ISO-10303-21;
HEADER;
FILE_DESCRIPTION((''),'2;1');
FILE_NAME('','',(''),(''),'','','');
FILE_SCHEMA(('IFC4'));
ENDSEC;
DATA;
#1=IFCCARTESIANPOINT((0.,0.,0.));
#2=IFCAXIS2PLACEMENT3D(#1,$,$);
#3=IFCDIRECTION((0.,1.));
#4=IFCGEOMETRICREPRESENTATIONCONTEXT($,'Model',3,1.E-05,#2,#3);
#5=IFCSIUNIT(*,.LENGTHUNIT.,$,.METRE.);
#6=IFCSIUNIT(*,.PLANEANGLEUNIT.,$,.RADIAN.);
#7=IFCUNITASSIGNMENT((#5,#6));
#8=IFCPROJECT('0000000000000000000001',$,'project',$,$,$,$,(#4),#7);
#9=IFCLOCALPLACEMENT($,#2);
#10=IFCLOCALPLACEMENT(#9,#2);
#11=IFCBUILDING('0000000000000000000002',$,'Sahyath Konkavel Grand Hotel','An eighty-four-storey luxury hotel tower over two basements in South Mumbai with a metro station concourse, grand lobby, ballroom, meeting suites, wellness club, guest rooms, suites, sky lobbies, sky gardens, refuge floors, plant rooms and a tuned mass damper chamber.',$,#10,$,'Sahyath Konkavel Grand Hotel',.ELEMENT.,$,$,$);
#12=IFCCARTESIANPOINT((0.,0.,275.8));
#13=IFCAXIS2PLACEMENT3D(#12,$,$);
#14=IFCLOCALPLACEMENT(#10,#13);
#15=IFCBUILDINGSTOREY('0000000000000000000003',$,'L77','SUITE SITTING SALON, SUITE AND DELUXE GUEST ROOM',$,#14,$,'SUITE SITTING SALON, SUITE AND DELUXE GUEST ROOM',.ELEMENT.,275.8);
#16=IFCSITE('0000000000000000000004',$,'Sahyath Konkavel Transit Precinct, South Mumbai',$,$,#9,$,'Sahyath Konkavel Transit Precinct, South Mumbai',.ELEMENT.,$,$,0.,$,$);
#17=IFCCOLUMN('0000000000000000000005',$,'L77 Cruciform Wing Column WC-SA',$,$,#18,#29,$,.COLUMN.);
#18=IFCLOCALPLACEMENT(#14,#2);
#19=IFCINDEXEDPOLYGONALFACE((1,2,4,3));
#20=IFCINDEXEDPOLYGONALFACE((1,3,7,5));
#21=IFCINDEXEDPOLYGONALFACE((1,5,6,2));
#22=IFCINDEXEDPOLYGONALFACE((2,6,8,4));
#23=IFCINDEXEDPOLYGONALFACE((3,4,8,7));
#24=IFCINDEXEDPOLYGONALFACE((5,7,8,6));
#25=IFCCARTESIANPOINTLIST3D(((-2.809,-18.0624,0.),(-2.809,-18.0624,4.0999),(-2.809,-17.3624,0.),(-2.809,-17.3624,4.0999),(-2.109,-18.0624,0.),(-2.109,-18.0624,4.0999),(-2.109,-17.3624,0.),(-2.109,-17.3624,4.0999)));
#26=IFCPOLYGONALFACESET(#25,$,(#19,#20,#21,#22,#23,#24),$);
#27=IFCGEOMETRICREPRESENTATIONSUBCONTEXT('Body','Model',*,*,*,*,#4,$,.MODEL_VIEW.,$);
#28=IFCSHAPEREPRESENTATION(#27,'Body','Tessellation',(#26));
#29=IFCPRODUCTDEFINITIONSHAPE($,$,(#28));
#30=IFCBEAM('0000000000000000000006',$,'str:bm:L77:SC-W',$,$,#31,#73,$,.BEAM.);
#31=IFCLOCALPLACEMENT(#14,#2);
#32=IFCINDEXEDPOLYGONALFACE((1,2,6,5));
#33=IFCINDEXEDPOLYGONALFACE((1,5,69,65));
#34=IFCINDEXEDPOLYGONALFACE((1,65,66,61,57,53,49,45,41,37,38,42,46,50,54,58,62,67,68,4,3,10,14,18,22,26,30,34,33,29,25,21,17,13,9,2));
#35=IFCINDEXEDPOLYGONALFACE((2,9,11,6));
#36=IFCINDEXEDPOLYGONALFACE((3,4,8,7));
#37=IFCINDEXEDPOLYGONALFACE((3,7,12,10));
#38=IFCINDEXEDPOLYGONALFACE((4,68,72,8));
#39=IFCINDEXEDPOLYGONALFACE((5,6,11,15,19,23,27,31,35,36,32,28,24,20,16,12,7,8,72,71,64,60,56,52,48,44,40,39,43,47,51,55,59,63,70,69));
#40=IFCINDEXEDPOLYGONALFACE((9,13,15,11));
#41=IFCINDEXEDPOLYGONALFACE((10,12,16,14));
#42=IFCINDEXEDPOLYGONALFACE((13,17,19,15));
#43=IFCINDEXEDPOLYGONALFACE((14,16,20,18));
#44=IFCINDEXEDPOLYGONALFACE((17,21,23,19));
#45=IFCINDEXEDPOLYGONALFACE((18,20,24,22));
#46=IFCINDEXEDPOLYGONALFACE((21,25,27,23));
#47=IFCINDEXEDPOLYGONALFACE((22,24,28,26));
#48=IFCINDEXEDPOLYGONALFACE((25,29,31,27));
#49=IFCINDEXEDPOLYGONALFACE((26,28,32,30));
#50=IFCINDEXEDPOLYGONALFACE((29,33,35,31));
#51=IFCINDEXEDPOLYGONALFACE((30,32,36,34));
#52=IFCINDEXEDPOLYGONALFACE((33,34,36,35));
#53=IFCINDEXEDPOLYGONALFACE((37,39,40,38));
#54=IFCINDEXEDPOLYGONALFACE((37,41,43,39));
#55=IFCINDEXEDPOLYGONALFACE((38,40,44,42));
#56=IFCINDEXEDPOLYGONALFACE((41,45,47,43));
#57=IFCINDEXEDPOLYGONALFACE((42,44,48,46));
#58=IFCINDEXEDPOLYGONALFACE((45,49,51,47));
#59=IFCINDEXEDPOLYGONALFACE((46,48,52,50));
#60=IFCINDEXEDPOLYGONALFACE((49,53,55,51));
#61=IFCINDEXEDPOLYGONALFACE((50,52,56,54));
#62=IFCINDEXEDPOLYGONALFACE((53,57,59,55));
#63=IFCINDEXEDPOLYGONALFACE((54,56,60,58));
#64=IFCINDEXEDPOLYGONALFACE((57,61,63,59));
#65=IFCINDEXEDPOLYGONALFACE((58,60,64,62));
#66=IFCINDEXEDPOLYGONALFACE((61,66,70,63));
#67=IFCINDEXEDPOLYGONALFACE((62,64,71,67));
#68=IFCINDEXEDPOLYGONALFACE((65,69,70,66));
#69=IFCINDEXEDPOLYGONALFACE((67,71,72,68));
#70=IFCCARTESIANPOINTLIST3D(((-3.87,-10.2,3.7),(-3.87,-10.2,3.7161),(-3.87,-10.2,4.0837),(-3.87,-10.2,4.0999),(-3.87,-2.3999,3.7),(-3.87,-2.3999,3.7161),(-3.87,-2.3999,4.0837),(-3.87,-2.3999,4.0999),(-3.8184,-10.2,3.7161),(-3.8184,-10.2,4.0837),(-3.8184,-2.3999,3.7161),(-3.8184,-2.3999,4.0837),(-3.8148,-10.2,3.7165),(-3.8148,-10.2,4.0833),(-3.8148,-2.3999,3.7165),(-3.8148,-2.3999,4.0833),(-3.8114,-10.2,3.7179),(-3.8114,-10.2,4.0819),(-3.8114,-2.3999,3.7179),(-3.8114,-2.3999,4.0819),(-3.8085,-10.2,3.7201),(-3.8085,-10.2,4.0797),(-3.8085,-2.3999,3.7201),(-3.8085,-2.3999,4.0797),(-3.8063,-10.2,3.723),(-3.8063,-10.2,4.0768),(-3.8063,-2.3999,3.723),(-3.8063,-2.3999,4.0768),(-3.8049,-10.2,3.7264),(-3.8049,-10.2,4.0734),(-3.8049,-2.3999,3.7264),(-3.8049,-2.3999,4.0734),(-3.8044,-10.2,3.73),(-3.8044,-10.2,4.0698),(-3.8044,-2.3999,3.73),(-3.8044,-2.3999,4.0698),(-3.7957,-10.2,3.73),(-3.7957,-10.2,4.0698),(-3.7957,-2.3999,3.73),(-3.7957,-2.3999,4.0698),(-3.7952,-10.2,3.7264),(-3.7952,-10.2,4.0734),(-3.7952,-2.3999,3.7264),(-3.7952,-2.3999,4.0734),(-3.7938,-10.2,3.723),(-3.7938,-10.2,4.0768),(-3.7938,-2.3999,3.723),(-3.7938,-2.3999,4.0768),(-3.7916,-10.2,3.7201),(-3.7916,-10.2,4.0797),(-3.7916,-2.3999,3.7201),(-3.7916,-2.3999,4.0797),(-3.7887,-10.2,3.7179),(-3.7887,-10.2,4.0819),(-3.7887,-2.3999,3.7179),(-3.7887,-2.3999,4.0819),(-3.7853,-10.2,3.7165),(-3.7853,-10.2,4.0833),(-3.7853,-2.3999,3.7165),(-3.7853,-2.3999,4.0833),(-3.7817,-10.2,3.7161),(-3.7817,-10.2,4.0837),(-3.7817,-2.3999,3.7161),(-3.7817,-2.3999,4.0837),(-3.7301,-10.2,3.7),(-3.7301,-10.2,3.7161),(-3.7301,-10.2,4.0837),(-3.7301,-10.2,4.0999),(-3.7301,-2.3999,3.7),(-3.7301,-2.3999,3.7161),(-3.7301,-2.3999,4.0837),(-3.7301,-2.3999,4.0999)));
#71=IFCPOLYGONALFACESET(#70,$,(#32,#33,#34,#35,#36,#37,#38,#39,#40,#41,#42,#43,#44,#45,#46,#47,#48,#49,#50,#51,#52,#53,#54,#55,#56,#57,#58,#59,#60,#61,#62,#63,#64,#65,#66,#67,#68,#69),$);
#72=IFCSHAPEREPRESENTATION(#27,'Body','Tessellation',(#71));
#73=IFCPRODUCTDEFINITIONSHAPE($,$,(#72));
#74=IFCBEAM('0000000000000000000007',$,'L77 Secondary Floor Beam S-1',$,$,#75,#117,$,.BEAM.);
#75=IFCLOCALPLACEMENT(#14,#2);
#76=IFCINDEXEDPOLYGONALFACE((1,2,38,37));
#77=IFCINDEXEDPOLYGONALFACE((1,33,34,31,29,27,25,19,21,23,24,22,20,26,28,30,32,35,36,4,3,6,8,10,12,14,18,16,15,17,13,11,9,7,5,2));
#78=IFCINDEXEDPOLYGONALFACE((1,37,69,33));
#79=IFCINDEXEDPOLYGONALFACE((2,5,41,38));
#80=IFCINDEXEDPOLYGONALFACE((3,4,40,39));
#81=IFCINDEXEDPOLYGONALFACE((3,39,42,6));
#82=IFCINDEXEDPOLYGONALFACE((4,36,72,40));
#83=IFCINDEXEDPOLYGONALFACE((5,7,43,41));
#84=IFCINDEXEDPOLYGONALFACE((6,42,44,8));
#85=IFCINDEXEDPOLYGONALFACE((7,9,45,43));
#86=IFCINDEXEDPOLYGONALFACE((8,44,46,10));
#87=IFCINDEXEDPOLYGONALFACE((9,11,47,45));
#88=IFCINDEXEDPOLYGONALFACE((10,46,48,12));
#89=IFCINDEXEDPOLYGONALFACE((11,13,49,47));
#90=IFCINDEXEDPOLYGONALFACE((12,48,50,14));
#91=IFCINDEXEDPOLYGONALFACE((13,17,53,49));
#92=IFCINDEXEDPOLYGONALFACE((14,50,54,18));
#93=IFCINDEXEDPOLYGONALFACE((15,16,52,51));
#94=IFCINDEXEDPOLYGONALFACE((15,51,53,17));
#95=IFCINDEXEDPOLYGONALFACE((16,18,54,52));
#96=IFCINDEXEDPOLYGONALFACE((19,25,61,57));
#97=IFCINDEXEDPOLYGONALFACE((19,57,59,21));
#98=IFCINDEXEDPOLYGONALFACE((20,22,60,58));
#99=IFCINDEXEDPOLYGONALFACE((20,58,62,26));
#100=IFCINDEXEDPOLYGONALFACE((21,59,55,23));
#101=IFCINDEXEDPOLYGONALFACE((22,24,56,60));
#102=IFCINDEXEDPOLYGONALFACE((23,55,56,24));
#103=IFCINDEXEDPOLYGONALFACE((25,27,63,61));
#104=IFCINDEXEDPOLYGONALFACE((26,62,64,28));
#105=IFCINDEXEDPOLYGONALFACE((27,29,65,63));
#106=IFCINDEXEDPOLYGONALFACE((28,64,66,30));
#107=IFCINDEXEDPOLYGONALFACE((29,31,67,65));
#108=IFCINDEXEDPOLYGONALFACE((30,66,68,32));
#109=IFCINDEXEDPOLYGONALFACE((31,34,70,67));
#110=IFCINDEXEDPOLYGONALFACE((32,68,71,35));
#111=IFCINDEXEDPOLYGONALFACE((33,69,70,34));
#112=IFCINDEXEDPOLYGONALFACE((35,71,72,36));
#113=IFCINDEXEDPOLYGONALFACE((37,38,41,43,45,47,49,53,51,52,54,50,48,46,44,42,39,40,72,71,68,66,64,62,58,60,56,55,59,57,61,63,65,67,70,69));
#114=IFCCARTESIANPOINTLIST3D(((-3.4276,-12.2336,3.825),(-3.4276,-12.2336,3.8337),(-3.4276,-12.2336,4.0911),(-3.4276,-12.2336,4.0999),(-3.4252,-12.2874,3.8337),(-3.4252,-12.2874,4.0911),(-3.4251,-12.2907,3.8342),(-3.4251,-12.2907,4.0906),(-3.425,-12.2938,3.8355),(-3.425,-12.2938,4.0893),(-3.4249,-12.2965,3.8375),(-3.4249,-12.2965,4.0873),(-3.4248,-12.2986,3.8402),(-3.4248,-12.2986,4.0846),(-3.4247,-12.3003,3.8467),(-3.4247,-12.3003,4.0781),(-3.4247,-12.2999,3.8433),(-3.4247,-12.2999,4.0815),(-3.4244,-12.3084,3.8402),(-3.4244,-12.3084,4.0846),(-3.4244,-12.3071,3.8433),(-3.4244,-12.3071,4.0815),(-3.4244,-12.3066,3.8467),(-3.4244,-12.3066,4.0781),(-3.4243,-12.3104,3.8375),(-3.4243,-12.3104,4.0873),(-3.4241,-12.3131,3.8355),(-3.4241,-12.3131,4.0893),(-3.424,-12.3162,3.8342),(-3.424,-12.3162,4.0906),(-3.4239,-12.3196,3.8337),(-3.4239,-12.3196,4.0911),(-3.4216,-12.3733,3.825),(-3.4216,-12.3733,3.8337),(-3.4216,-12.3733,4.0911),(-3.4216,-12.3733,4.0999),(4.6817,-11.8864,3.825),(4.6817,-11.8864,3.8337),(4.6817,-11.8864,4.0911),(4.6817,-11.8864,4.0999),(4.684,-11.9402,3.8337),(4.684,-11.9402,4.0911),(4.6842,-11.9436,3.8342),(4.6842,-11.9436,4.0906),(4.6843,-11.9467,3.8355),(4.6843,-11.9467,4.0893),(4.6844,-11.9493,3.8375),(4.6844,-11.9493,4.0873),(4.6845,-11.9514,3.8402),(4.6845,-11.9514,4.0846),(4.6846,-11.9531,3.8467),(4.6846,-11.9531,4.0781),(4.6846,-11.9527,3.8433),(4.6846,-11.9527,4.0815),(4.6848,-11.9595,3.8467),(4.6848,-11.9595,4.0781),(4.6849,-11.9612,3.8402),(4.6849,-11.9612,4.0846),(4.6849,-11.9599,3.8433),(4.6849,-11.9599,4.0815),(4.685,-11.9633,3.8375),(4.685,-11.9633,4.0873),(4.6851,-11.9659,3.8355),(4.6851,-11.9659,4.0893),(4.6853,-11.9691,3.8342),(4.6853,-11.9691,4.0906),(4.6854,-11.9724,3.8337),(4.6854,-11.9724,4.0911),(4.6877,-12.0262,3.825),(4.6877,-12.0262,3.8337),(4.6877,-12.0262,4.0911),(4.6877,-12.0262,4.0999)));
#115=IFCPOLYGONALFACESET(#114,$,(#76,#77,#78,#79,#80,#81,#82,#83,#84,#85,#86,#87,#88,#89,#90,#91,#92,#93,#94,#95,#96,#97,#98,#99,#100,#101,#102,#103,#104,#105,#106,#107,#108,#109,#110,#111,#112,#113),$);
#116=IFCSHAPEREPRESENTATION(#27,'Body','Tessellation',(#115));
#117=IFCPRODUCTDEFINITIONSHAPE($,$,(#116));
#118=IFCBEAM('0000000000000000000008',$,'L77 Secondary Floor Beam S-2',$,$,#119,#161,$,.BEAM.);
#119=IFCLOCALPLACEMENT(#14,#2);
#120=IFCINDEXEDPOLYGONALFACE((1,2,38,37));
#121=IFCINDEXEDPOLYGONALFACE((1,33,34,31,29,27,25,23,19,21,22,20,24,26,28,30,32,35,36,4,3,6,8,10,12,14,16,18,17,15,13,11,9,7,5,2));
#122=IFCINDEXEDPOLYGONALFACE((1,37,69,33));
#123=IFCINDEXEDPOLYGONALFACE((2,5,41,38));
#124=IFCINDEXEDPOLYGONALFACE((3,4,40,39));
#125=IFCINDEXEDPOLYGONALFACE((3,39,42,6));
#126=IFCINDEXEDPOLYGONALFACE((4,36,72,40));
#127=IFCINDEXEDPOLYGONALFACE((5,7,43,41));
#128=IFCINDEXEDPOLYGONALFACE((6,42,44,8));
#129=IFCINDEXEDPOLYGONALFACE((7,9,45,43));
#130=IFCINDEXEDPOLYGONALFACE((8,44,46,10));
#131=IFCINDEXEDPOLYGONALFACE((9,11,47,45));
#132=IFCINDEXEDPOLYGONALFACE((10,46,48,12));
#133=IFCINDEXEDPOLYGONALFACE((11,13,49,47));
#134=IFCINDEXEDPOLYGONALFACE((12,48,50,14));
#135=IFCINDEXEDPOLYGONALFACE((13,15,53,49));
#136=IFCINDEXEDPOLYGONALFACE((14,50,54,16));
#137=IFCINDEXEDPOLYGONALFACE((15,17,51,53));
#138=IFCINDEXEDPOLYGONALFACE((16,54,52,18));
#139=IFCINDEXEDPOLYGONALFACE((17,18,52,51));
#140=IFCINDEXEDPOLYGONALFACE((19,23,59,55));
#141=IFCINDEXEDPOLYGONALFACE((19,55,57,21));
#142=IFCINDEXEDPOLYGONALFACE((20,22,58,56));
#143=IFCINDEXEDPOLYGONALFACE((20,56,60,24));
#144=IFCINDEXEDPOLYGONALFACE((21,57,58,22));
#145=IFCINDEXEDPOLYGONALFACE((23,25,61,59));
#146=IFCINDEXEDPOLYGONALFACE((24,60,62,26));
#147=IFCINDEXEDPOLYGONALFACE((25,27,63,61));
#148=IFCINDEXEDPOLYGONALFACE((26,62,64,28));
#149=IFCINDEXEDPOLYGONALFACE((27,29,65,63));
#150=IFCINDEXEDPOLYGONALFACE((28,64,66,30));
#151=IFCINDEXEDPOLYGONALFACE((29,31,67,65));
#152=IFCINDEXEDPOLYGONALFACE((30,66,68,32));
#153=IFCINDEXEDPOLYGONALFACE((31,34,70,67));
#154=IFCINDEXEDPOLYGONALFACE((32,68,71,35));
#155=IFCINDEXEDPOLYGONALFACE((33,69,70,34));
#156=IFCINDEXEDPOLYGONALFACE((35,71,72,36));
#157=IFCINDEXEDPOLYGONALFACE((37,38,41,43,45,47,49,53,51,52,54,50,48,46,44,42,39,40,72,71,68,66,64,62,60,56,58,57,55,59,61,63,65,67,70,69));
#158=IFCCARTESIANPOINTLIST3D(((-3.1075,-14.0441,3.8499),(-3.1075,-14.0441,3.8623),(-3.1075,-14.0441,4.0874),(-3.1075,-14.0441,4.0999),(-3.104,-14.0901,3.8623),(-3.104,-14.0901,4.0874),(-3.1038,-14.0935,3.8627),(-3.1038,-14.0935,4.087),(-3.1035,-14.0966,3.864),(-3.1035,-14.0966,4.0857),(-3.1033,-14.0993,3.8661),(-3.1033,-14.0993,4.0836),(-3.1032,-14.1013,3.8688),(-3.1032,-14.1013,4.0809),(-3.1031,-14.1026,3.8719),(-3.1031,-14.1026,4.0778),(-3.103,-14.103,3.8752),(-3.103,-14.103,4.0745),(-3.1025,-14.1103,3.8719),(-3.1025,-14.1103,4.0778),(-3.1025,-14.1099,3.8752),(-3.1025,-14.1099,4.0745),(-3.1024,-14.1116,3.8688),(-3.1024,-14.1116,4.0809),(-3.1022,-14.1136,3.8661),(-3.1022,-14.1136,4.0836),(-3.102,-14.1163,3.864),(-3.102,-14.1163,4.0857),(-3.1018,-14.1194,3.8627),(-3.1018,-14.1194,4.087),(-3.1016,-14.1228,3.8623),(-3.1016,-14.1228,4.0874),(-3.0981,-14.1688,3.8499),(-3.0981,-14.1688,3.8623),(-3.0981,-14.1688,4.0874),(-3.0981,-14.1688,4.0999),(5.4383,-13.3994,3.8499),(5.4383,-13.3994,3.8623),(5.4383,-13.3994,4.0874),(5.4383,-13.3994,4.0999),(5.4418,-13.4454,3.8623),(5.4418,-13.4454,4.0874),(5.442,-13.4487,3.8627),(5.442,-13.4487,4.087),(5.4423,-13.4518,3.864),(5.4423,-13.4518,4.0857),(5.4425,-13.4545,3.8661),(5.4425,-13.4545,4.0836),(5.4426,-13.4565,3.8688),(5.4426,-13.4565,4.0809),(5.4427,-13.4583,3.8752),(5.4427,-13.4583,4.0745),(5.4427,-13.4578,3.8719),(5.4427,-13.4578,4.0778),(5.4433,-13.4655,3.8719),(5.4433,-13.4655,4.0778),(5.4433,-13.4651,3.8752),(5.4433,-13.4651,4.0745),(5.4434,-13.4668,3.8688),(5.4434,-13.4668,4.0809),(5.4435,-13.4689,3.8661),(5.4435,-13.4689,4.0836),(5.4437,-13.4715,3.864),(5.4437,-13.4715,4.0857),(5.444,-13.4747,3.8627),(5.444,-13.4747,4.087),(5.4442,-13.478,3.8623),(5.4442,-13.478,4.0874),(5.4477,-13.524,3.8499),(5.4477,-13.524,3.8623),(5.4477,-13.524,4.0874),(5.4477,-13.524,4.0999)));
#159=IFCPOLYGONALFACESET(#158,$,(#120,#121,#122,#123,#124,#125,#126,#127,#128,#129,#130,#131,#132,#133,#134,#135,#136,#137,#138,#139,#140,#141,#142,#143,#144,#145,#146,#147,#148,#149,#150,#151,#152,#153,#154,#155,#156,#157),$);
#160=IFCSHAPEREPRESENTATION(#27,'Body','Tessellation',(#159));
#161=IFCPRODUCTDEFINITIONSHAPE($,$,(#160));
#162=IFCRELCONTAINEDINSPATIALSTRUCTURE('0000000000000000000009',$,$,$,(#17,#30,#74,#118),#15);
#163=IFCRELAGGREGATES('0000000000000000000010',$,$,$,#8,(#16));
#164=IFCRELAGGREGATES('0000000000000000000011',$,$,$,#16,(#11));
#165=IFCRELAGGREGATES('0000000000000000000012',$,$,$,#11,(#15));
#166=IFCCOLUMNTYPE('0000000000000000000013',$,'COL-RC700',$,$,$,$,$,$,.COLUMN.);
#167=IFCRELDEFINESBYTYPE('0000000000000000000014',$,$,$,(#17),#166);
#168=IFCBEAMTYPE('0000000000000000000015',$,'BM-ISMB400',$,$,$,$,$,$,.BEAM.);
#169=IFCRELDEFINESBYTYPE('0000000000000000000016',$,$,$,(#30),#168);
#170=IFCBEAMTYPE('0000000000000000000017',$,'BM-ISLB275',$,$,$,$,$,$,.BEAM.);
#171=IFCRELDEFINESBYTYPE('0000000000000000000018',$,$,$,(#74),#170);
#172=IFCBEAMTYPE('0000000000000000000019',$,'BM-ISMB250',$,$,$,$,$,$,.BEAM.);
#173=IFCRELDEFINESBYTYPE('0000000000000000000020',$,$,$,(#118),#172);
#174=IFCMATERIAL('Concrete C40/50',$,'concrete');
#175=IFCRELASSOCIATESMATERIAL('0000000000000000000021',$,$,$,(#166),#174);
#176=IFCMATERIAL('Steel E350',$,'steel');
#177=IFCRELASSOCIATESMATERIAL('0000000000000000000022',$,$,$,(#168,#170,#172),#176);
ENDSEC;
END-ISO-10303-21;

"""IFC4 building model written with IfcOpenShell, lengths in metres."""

from ifc_helpers import new_model, si_unit, direction, frame, origin, origin_2d, place, context, subcontext, project, spatial, rectangle, i_section, extrude, source, transform, mapped, material, material_profile, profile_set, type_object, element, save


model = new_model("IFC4")

# Units and contexts
model_context = context("Model", 3, precision=1e-05, world=origin(), true_north=direction((0.0, 1.0)))
body_context = subcontext(model_context, "Body", "Model", "MODEL_VIEW")
ifc_project = project(units=[si_unit("LENGTHUNIT", "METRE"), si_unit("PLANEANGLEUNIT", "RADIAN")], contexts=[model_context])

# Site, building, storey
site_placement = place(None, origin())
site = spatial("IfcSite", under=ifc_project, at=site_placement, Name="Sahyath Konkavel Transit Precinct, South Mumbai", LongName="Sahyath Konkavel Transit Precinct, South Mumbai", CompositionType="ELEMENT", RefElevation=0.0)
building_placement = place(site_placement, origin())
building = spatial("IfcBuilding", under=site, at=building_placement, Name="Sahyath Konkavel Grand Hotel", Description="An eighty-four-storey luxury hotel tower over two basements in South Mumbai with a metro station concourse, grand lobby, ballroom, meeting suites, wellness club, guest rooms, suites, sky lobbies, sky gardens, refuge floors, plant rooms and a tuned mass damper chamber.", LongName="Sahyath Konkavel Grand Hotel", CompositionType="ELEMENT")
storey_placement = place(building_placement, frame((0.0, 0.0, 275.8)))
storey = spatial("IfcBuildingStorey", under=building, at=storey_placement, Name="L77", Description="SUITE SITTING SALON, SUITE AND DELUXE GUEST ROOM", LongName="SUITE SITTING SALON, SUITE AND DELUXE GUEST ROOM", CompositionType="ELEMENT", Elevation=275.8)

# Column
ifc_material_1 = material(Name="Concrete C40/50", Category="concrete")
ifc_material_profile_1 = material_profile(ifc_material_1, rectangle(XDim=0.7, YDim=0.7, at=origin_2d()), Name="RC 700x700")
ifc_profile_set_1 = profile_set([ifc_material_profile_1], Name="Concrete C40/50")
column_type = type_object("IfcColumnType", Name="COL-RC700", PredefinedType="COLUMN", material=ifc_profile_set_1)
shared_shape_1 = source(origin(), body_context, "Body", "SweptSolid", [
    extrude(rectangle(XDim=0.7, YDim=0.7, at=origin_2d()), origin(), (0.0, 0.0, 1.0), 4.0999),
])
column_placement = place(storey_placement, frame((-2.459, -17.7124, 0.0), z_axis=(0.0, 0.0, 1.0), x_axis=(1.0, 0.0, 0.0)))
element("IfcColumn", 1, at=column_placement, inside=storey, type_object=column_type, Name="L77 Cruciform Wing Column WC-SA", PredefinedType="COLUMN", context=body_context, shape_type="MappedRepresentation", body=[
    mapped(shared_shape_1, transform((0.0, 0.0, 0.0), scale=1.0)),
])

# Beams
ifc_material_2 = material(Name="Steel E350", Category="steel")
ifc_material_profile_2 = material_profile(ifc_material_2, i_section(OverallWidth=0.1399, OverallDepth=0.3999, WebThickness=0.0088, FlangeThickness=0.0161, FilletRadius=0.0139, at=origin_2d()), Name="ISMB 400")
ifc_profile_set_2 = profile_set([ifc_material_profile_2], Name="Steel E350")
beam_type_1 = type_object("IfcBeamType", Name="BM-ISMB400", PredefinedType="BEAM", material=ifc_profile_set_2)
shared_shape_2 = source(origin(), body_context, "Body", "SweptSolid", [
    extrude(i_section(OverallWidth=0.1399, OverallDepth=0.3999, WebThickness=0.0088, FlangeThickness=0.0161, FilletRadius=0.0139, at=origin_2d()), origin(), (0.0, 0.0, 1.0), 7.8),
])
beam_1_placement = place(storey_placement, frame((-3.8, -10.2, 3.8999), z_axis=(0.0, 1.0, 0.0), x_axis=(-1.0, 0.0, 0.0)))
element("IfcBeam", 2, at=beam_1_placement, inside=storey, type_object=beam_type_1, Name="str:bm:L77:SC-W", PredefinedType="BEAM", context=body_context, shape_type="MappedRepresentation", body=[
    mapped(shared_shape_2, transform((0.0, 0.0, 0.0), scale=1.0)),
])
ifc_material_profile_3 = material_profile(ifc_material_2, i_section(OverallWidth=0.1399, OverallDepth=0.2749, WebThickness=0.0063, FlangeThickness=0.0088, FilletRadius=0.0129, at=origin_2d()), Name="ISLB 275")
ifc_profile_set_3 = profile_set([ifc_material_profile_3], Name="Steel E350")
beam_type_2 = type_object("IfcBeamType", Name="BM-ISLB275", PredefinedType="BEAM", material=ifc_profile_set_3)
shared_shape_3 = source(origin(), body_context, "Body", "SweptSolid", [
    extrude(i_section(OverallWidth=0.1399, OverallDepth=0.2749, WebThickness=0.0063, FlangeThickness=0.0088, FilletRadius=0.0129, at=origin_2d()), origin(), (0.0, 0.0, 1.0), 8.1167),
])
beam_2_placement = place(storey_placement, frame((-3.4246, -12.3035, 3.9624), z_axis=(0.999085, 0.042772, 0.0), x_axis=(-0.042772, 0.999085, 0.0)))
element("IfcBeam", 3, at=beam_2_placement, inside=storey, type_object=beam_type_2, Name="L77 Secondary Floor Beam S-1", PredefinedType="BEAM", context=body_context, shape_type="MappedRepresentation", body=[
    mapped(shared_shape_3, transform((0.0, 0.0, 0.0), scale=1.0)),
])
ifc_material_profile_4 = material_profile(ifc_material_2, i_section(OverallWidth=0.125, OverallDepth=0.25, WebThickness=0.0068, FlangeThickness=0.0125, FilletRadius=0.0129, at=origin_2d()), Name="ISMB 250")
ifc_profile_set_4 = profile_set([ifc_material_profile_4], Name="Steel E350")
beam_type_3 = type_object("IfcBeamType", Name="BM-ISMB250", PredefinedType="BEAM", material=ifc_profile_set_4)
shared_shape_4 = source(origin(), body_context, "Body", "SweptSolid", [
    extrude(i_section(OverallWidth=0.125, OverallDepth=0.25, WebThickness=0.0068, FlangeThickness=0.0125, FilletRadius=0.0129, at=origin_2d()), origin(), (0.0, 0.0, 1.0), 8.5701),
])
beam_3_placement = place(storey_placement, frame((-3.1028, -14.1064, 3.9749), z_axis=(0.997166, 0.075235, 0.0), x_axis=(-0.075235, 0.997166, 0.0)))
element("IfcBeam", 4, at=beam_3_placement, inside=storey, type_object=beam_type_3, Name="L77 Secondary Floor Beam S-2", PredefinedType="BEAM", context=body_context, shape_type="MappedRepresentation", body=[
    mapped(shared_shape_4, transform((0.0, 0.0, 0.0), scale=1.0)),
])

save(model, "model.ifc")
